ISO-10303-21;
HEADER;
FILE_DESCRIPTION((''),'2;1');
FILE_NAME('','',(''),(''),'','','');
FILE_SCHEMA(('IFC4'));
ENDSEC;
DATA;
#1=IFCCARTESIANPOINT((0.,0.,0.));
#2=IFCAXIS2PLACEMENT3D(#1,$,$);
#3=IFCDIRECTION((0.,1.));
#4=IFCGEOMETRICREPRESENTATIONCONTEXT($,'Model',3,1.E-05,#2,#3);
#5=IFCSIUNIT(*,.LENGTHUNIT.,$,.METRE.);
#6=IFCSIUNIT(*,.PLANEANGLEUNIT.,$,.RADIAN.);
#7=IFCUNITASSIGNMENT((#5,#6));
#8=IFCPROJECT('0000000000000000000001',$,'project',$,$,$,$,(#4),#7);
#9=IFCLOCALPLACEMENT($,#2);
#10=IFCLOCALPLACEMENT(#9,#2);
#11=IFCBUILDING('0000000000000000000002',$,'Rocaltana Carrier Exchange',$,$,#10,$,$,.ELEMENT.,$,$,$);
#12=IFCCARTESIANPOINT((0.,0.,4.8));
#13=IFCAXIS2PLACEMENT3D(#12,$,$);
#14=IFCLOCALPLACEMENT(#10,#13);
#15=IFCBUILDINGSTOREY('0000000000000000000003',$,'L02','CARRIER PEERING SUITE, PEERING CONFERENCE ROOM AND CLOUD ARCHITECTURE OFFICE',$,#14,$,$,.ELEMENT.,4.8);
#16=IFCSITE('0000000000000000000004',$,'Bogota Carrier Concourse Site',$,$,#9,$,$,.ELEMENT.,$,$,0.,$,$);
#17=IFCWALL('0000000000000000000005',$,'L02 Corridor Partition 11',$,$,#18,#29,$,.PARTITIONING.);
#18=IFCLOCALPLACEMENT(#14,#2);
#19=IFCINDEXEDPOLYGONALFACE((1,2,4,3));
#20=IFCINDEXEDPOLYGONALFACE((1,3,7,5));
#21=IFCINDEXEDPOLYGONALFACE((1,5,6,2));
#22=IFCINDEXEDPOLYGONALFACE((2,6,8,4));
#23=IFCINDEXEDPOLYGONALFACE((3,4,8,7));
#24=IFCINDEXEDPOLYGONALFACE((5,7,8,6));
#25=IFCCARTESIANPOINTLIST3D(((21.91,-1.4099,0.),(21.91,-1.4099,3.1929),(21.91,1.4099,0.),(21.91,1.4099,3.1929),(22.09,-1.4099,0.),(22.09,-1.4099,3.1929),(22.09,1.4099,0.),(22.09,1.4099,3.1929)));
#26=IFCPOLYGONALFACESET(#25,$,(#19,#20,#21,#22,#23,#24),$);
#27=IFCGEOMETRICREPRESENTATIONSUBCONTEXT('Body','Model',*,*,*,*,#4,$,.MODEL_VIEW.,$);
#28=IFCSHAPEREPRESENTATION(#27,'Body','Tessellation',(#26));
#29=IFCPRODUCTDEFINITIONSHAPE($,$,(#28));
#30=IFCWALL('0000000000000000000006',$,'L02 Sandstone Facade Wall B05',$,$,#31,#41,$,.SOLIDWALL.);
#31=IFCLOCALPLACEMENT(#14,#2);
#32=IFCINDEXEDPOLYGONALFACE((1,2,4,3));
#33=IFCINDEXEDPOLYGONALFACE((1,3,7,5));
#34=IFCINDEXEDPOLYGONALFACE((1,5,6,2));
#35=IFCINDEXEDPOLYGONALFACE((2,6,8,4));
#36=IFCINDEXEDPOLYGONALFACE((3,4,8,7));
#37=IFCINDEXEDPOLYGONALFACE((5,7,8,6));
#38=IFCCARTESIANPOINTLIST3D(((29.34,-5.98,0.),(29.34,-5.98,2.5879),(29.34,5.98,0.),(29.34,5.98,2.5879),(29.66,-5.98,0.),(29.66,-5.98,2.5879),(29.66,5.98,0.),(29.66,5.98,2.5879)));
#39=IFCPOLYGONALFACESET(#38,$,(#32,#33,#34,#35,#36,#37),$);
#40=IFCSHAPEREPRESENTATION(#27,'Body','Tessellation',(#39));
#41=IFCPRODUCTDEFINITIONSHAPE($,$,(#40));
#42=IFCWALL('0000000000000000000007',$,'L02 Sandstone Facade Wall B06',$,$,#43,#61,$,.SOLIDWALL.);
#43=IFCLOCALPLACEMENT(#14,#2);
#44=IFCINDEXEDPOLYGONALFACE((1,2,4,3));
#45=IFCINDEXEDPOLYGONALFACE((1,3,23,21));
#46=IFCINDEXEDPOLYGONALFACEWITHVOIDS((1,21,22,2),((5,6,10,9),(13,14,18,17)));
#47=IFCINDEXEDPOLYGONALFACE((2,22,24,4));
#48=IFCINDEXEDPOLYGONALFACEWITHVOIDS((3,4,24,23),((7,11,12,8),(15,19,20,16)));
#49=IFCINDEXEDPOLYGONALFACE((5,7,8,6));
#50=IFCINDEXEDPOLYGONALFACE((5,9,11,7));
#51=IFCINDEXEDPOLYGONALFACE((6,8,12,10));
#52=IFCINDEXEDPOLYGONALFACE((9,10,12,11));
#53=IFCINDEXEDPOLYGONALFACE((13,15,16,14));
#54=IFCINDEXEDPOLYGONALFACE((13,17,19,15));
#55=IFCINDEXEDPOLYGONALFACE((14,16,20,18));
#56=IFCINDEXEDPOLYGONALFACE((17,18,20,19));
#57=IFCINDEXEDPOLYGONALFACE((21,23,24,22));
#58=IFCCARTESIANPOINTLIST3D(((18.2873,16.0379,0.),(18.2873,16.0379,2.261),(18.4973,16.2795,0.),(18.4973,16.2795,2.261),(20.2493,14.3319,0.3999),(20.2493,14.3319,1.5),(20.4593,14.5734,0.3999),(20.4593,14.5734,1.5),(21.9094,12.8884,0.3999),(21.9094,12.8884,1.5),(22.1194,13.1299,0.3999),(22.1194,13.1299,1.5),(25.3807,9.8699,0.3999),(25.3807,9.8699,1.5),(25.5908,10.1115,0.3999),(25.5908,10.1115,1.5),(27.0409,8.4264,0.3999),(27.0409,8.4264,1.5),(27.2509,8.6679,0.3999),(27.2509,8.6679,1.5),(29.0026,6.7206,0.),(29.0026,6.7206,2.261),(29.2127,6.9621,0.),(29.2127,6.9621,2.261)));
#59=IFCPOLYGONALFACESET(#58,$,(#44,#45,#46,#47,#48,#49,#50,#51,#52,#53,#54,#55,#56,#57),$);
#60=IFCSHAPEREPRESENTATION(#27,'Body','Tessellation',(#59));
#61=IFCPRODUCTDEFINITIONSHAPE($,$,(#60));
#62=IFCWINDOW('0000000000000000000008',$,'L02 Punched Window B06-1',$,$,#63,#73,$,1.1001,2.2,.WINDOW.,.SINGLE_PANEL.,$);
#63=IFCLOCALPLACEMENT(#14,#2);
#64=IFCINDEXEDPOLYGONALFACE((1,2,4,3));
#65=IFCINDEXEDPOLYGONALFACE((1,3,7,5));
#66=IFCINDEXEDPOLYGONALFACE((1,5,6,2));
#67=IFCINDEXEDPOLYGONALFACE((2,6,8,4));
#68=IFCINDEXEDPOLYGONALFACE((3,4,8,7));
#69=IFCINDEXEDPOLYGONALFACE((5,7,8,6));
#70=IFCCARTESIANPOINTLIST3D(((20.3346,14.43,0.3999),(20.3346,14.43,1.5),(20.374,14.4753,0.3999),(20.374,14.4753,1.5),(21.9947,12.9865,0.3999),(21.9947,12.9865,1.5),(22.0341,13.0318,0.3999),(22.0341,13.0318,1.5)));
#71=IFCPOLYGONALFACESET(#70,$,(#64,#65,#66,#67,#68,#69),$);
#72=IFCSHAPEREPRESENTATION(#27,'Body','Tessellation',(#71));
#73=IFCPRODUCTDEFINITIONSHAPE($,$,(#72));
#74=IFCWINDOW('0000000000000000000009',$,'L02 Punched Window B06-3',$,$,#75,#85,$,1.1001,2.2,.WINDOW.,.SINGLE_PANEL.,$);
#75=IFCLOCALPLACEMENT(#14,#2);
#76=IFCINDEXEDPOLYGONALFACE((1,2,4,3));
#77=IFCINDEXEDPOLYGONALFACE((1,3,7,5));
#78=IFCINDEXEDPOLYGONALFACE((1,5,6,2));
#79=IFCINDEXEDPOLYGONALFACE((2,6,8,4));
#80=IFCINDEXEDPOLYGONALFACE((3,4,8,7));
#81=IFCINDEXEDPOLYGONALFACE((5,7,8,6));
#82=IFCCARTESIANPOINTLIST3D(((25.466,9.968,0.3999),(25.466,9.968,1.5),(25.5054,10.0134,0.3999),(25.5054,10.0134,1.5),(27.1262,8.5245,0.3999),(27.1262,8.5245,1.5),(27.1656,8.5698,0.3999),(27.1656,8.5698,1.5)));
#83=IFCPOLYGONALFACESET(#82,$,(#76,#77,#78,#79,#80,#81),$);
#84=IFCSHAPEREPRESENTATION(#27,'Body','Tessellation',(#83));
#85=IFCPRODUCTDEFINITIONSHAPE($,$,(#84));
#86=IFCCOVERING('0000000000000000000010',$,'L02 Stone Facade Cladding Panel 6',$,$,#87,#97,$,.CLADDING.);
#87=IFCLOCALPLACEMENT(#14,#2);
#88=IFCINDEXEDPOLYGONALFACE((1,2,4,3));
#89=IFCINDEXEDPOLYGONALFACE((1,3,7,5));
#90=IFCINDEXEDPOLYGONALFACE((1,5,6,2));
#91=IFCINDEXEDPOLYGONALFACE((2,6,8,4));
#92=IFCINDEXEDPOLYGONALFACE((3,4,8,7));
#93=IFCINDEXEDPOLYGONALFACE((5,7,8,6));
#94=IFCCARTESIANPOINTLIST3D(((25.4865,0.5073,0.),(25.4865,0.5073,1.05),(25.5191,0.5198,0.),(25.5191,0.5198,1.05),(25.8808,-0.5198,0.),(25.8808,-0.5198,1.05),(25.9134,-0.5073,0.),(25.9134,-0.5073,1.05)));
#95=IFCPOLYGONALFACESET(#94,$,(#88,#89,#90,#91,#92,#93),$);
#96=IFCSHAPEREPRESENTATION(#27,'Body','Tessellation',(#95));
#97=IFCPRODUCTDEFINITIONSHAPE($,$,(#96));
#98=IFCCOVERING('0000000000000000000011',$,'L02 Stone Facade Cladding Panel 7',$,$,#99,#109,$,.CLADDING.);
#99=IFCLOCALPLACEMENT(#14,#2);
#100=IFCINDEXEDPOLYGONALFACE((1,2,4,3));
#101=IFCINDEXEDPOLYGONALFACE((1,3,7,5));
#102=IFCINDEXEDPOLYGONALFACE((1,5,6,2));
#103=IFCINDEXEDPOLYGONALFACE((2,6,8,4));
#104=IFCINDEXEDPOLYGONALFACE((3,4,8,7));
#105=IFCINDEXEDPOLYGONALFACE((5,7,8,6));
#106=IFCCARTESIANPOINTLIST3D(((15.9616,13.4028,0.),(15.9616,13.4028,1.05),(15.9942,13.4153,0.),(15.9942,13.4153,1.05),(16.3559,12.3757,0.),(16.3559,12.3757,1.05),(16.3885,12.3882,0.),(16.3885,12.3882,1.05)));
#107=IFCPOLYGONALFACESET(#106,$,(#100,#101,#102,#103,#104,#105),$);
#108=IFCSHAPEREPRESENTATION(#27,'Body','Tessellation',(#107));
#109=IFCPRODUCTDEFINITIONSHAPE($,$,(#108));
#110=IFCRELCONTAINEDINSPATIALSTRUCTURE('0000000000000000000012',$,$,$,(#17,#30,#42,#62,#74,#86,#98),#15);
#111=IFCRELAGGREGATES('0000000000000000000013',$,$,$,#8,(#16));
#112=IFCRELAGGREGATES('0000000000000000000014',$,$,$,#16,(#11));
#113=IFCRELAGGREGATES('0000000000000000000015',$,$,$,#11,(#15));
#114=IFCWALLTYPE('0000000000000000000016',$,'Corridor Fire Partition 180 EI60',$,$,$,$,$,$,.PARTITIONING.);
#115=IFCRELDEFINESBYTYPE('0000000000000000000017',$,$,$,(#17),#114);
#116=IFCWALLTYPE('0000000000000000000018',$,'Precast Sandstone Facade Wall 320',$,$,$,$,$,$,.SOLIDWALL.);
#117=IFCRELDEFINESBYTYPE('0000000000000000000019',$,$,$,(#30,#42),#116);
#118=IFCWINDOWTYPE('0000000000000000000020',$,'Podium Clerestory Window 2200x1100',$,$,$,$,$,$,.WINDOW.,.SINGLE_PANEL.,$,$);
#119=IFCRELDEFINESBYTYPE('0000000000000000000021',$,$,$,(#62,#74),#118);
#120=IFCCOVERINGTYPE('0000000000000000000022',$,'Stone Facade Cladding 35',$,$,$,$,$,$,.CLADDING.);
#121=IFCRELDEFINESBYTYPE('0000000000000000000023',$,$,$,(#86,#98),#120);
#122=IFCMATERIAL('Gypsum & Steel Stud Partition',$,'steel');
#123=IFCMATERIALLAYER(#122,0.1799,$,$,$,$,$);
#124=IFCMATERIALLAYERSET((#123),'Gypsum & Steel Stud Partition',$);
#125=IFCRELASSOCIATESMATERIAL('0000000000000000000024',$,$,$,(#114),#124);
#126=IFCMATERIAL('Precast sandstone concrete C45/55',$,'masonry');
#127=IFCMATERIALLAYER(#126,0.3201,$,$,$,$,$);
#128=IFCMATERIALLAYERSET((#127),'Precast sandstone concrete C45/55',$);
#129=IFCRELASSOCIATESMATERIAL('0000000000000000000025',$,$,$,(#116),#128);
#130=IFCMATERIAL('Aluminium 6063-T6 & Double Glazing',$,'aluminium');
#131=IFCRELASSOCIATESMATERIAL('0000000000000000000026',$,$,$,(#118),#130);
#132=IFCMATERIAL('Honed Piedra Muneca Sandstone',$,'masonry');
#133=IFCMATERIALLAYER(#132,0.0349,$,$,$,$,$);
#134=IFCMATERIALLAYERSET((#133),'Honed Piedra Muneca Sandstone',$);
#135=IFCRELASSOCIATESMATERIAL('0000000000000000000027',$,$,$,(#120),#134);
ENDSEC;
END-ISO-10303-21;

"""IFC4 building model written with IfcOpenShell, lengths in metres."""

from ifc_helpers import new_model, si_unit, direction, frame, frame_2d, origin, origin_2d, place, context, subcontext, project, spatial, rectangle, extrude, material, layer, layer_set, type_object, element, fill, save


model = new_model("IFC4")

# Units and contexts
model_context = context("Model", 3, precision=1e-05, world=origin(), true_north=direction((0.0, 1.0)))
body_context = subcontext(model_context, "Body", "Model", "MODEL_VIEW")
ifc_project = project(units=[si_unit("LENGTHUNIT", "METRE"), si_unit("PLANEANGLEUNIT", "RADIAN")], contexts=[model_context])

# Site, building, storey
site_placement = place(None, origin())
site = spatial("IfcSite", under=ifc_project, at=site_placement, Name="Bogota Carrier Concourse Site", CompositionType="ELEMENT", RefElevation=0.0)
building_placement = place(site_placement, origin())
building = spatial("IfcBuilding", under=site, at=building_placement, Name="Rocaltana Carrier Exchange", CompositionType="ELEMENT")
storey_placement = place(building_placement, frame((0.0, 0.0, 4.8)))
storey = spatial("IfcBuildingStorey", under=building, at=storey_placement, Name="L02", Description="CARRIER PEERING SUITE, PEERING CONFERENCE ROOM AND CLOUD ARCHITECTURE OFFICE", CompositionType="ELEMENT", Elevation=4.8)

# Walls
ifc_material_1 = material(Name="Gypsum & Steel Stud Partition", Category="steel")
ifc_layer_1 = layer(ifc_material_1, 0.1799)
ifc_layer_set_1 = layer_set([ifc_layer_1], Name="Gypsum & Steel Stud Partition")
wall_type_1 = type_object("IfcWallType", Name="Corridor Fire Partition 180 EI60", PredefinedType="PARTITIONING", material=ifc_layer_set_1)
wall_1_placement = place(storey_placement, frame((22.0, 1.4099, 0.0), z_axis=(0.0, 0.0, 1.0), x_axis=(0.0, -1.0, 0.0)))
element("IfcWall", 1, at=wall_1_placement, inside=storey, type_object=wall_type_1, Name="L02 Corridor Partition 11", PredefinedType="PARTITIONING", context=body_context, shape_type="SweptSolid", body=[
    extrude(rectangle(XDim=2.8198, YDim=0.1799, at=frame_2d((1.4099, 0.0))), origin(), (0.0, 0.0, 1.0), 3.1929),
])
ifc_material_2 = material(Name="Precast sandstone concrete C45/55", Category="masonry")
ifc_layer_2 = layer(ifc_material_2, 0.3201)
ifc_layer_set_2 = layer_set([ifc_layer_2], Name="Precast sandstone concrete C45/55")
wall_type_2 = type_object("IfcWallType", Name="Precast Sandstone Facade Wall 320", PredefinedType="SOLIDWALL", material=ifc_layer_set_2)
wall_2_placement = place(storey_placement, frame((29.5, 5.98, 0.0), z_axis=(0.0, 0.0, 1.0), x_axis=(0.0, -1.0, 0.0)))
element("IfcWall", 2, at=wall_2_placement, inside=storey, type_object=wall_type_2, Name="L02 Sandstone Facade Wall B05", PredefinedType="SOLIDWALL", context=body_context, shape_type="SweptSolid", body=[
    extrude(rectangle(XDim=11.96, YDim=0.3201, at=frame_2d((5.98, 0.0))), origin(), (0.0, 0.0, 1.0), 2.5879),
])

# Wall, openings, windows
wall_3_placement = place(storey_placement, frame((18.3923, 16.1587, 0.0), z_axis=(0.0, 0.0, 1.0), x_axis=(0.754616, -0.656167, 0.0)))
wall_3 = element("IfcWall", 3, at=wall_3_placement, inside=storey, type_object=wall_type_2, Name="L02 Sandstone Facade Wall B06", PredefinedType="SOLIDWALL", context=body_context, shape_type="SweptSolid", body=[
    extrude(rectangle(XDim=14.1997, YDim=0.3201, at=frame_2d((7.0999, 0.0))), origin(), (0.0, 0.0, 1.0), 2.261),
])
opening_1_placement = place(wall_3_placement, frame((2.5999, 0.0, 0.3999)))
opening_1 = element("IfcOpeningElement", 4, at=opening_1_placement, cuts=wall_3, PredefinedType="OPENING", context=body_context, shape_type="SweptSolid", body=[
    extrude(rectangle(XDim=2.2, YDim=1.1001, at=frame_2d((1.1001, 0.55))), frame((0.0, 0.1699, 0.0), z_axis=(0.0, -1.0, 0.0), x_axis=(1.0, 0.0, 0.0)), (0.0, 0.0, 1.0), 0.3401),
])
opening_2_placement = place(wall_3_placement, frame((9.3999, 0.0, 0.3999)))
opening_2 = element("IfcOpeningElement", 5, at=opening_2_placement, cuts=wall_3, PredefinedType="OPENING", context=body_context, shape_type="SweptSolid", body=[
    extrude(rectangle(XDim=2.2, YDim=1.1001, at=frame_2d((1.1001, 0.55))), frame((0.0, 0.1699, 0.0), z_axis=(0.0, -1.0, 0.0), x_axis=(1.0, 0.0, 0.0)), (0.0, 0.0, 1.0), 0.3401),
])
ifc_material_3 = material(Name="Aluminium 6063-T6 & Double Glazing", Category="aluminium")
window_type = type_object("IfcWindowType", Name="Podium Clerestory Window 2200x1100", PartitioningType="SINGLE_PANEL", PredefinedType="WINDOW", material=ifc_material_3)
window_1_placement = place(opening_1_placement, origin())
window_1 = element("IfcWindow", 6, at=window_1_placement, inside=storey, type_object=window_type, Name="L02 Punched Window B06-1", OverallHeight=1.1001, OverallWidth=2.2, PartitioningType="SINGLE_PANEL", PredefinedType="WINDOW", context=body_context, shape_type="SweptSolid", body=[
    extrude(rectangle(XDim=2.2, YDim=1.1001, at=frame_2d((1.1001, 0.55))), frame((0.0, 0.03, 0.0), z_axis=(0.0, -1.0, 0.0), x_axis=(1.0, 0.0, 0.0)), (0.0, 0.0, 1.0), 0.0601),
])
fill(opening_1, window_1)
window_2_placement = place(opening_2_placement, origin())
window_2 = element("IfcWindow", 7, at=window_2_placement, inside=storey, type_object=window_type, Name="L02 Punched Window B06-3", OverallHeight=1.1001, OverallWidth=2.2, PartitioningType="SINGLE_PANEL", PredefinedType="WINDOW", context=body_context, shape_type="SweptSolid", body=[
    extrude(rectangle(XDim=2.2, YDim=1.1001, at=frame_2d((1.1001, 0.55))), frame((0.0, 0.03, 0.0), z_axis=(0.0, -1.0, 0.0), x_axis=(1.0, 0.0, 0.0)), (0.0, 0.0, 1.0), 0.0601),
])
fill(opening_2, window_2)

# Coverings
ifc_material_4 = material(Name="Honed Piedra Muneca Sandstone", Category="masonry")
ifc_layer_3 = layer(ifc_material_4, 0.0349)
ifc_layer_set_3 = layer_set([ifc_layer_3], Name="Honed Piedra Muneca Sandstone")
covering_type = type_object("IfcCoveringType", Name="Stone Facade Cladding 35", PredefinedType="CLADDING", material=ifc_layer_set_3)
for number, where, z_axis, x_axis, name in (
    (8, (25.7, 0.0, 0.0), (0.0, 0.0, 1.0), (-0.358368, 0.93358, 0.0), "L02 Stone Facade Cladding Panel 6"),
    (9, (16.175, 12.8955, 0.0), (0.0, 0.0, 1.0), (-0.358368, 0.93358, 0.0), "L02 Stone Facade Cladding Panel 7"),
):
    element("IfcCovering", number, at=place(storey_placement, frame(where, z_axis=z_axis, x_axis=x_axis)), inside=storey, type_object=covering_type, Name=name, PredefinedType="CLADDING", context=body_context, shape_type="SweptSolid", body=[
        extrude(rectangle(XDim=1.1001, YDim=0.0349, at=origin_2d()), origin(), (0.0, 0.0, 1.0), 1.05),
    ])

save(model, "model.ifc")
